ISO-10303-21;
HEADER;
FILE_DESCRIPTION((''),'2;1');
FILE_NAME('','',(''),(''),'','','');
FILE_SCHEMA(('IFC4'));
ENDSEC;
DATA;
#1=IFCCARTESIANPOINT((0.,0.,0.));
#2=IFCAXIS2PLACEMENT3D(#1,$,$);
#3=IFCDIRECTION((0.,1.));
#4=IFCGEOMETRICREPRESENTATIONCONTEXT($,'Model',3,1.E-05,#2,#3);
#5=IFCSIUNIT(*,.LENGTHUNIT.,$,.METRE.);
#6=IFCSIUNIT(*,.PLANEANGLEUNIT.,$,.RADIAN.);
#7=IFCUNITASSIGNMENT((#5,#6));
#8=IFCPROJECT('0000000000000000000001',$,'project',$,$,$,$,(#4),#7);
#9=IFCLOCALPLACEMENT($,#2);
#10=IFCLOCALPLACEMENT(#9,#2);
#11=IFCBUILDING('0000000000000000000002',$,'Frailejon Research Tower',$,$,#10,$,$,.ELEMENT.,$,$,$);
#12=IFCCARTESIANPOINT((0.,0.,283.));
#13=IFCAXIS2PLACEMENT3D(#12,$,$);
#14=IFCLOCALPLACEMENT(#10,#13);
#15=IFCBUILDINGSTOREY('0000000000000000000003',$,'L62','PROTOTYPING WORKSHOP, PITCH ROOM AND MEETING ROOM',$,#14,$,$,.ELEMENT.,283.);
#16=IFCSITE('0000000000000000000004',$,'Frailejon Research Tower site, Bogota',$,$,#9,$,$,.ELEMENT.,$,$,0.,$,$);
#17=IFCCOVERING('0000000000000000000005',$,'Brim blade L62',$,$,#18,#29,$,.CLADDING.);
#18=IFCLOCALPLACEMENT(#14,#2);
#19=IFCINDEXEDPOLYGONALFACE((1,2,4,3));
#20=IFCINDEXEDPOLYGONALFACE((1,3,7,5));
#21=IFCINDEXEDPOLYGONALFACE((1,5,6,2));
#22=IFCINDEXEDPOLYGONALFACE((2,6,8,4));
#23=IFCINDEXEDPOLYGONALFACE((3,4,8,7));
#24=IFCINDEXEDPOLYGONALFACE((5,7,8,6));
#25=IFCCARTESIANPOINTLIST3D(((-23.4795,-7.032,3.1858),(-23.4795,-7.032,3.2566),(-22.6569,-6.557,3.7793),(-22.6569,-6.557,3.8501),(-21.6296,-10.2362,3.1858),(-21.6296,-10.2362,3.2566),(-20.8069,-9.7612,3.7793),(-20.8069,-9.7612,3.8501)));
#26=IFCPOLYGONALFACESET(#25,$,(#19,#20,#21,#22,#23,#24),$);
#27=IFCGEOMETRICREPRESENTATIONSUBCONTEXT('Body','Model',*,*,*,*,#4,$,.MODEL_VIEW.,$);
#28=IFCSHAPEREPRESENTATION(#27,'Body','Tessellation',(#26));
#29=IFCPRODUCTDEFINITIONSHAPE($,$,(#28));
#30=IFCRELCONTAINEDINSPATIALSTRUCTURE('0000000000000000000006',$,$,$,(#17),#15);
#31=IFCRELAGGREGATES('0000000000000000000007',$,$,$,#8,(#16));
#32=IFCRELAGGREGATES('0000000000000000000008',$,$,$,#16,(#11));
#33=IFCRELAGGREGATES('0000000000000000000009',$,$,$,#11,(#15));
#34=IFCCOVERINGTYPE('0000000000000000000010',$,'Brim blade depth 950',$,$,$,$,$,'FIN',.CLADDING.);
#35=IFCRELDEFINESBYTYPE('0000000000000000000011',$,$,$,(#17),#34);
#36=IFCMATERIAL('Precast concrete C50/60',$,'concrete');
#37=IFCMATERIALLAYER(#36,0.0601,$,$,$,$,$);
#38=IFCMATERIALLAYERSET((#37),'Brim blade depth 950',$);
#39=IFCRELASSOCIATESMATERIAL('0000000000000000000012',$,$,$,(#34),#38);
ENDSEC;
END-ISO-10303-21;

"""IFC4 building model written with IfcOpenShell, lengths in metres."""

from ifc_helpers import new_model, si_unit, direction, frame, origin, place, context, subcontext, project, spatial, polyline, outline, extrude, material, layer, layer_set, type_object, element, save


model = new_model("IFC4")

# Units and contexts
model_context = context("Model", 3, precision=1e-05, world=origin(), true_north=direction((0.0, 1.0)))
body_context = subcontext(model_context, "Body", "Model", "MODEL_VIEW")
ifc_project = project(units=[si_unit("LENGTHUNIT", "METRE"), si_unit("PLANEANGLEUNIT", "RADIAN")], contexts=[model_context])

# Site, building, storey
site_placement = place(None, origin())
site = spatial("IfcSite", under=ifc_project, at=site_placement, Name="Frailejon Research Tower site, Bogota", CompositionType="ELEMENT", RefElevation=0.0)
building_placement = place(site_placement, origin())
building = spatial("IfcBuilding", under=site, at=building_placement, Name="Frailejon Research Tower", CompositionType="ELEMENT")
storey_placement = place(building_placement, frame((0.0, 0.0, 283.0)))
storey = spatial("IfcBuildingStorey", under=building, at=storey_placement, Name="L62", Description="PROTOTYPING WORKSHOP, PITCH ROOM AND MEETING ROOM", CompositionType="ELEMENT", Elevation=283.0)

# Covering
ifc_material_1 = material(Name="Precast concrete C50/60", Category="concrete")
ifc_layer_1 = layer(ifc_material_1, 0.0601)
ifc_layer_set_1 = layer_set([ifc_layer_1], Name="Brim blade depth 950")
covering_type_1 = type_object("IfcCoveringType", Name="Brim blade depth 950", ElementType="FIN", PredefinedType="CLADDING", material=ifc_layer_set_1)
covering_1_placement = place(storey_placement, frame((-20.8069, -9.7612, 3.8501), z_axis=(-0.5, 0.866026, 0.0), x_axis=(-0.866026, -0.5, 0.0)))
element("IfcCovering", 1, at=covering_1_placement, inside=storey, type_object=covering_type_1, Name="Brim blade L62", PredefinedType="CLADDING", context=body_context, shape_type="SweptSolid", body=[
    extrude(outline(polyline([(0.0, -0.0708), (0.95, -0.6643), (0.95, -0.5935), (0.0, 0.0), (0.0, -0.0708)])), origin(), (0.0, 0.0, 1.0), 3.7),
])

save(model, "model.ifc")
